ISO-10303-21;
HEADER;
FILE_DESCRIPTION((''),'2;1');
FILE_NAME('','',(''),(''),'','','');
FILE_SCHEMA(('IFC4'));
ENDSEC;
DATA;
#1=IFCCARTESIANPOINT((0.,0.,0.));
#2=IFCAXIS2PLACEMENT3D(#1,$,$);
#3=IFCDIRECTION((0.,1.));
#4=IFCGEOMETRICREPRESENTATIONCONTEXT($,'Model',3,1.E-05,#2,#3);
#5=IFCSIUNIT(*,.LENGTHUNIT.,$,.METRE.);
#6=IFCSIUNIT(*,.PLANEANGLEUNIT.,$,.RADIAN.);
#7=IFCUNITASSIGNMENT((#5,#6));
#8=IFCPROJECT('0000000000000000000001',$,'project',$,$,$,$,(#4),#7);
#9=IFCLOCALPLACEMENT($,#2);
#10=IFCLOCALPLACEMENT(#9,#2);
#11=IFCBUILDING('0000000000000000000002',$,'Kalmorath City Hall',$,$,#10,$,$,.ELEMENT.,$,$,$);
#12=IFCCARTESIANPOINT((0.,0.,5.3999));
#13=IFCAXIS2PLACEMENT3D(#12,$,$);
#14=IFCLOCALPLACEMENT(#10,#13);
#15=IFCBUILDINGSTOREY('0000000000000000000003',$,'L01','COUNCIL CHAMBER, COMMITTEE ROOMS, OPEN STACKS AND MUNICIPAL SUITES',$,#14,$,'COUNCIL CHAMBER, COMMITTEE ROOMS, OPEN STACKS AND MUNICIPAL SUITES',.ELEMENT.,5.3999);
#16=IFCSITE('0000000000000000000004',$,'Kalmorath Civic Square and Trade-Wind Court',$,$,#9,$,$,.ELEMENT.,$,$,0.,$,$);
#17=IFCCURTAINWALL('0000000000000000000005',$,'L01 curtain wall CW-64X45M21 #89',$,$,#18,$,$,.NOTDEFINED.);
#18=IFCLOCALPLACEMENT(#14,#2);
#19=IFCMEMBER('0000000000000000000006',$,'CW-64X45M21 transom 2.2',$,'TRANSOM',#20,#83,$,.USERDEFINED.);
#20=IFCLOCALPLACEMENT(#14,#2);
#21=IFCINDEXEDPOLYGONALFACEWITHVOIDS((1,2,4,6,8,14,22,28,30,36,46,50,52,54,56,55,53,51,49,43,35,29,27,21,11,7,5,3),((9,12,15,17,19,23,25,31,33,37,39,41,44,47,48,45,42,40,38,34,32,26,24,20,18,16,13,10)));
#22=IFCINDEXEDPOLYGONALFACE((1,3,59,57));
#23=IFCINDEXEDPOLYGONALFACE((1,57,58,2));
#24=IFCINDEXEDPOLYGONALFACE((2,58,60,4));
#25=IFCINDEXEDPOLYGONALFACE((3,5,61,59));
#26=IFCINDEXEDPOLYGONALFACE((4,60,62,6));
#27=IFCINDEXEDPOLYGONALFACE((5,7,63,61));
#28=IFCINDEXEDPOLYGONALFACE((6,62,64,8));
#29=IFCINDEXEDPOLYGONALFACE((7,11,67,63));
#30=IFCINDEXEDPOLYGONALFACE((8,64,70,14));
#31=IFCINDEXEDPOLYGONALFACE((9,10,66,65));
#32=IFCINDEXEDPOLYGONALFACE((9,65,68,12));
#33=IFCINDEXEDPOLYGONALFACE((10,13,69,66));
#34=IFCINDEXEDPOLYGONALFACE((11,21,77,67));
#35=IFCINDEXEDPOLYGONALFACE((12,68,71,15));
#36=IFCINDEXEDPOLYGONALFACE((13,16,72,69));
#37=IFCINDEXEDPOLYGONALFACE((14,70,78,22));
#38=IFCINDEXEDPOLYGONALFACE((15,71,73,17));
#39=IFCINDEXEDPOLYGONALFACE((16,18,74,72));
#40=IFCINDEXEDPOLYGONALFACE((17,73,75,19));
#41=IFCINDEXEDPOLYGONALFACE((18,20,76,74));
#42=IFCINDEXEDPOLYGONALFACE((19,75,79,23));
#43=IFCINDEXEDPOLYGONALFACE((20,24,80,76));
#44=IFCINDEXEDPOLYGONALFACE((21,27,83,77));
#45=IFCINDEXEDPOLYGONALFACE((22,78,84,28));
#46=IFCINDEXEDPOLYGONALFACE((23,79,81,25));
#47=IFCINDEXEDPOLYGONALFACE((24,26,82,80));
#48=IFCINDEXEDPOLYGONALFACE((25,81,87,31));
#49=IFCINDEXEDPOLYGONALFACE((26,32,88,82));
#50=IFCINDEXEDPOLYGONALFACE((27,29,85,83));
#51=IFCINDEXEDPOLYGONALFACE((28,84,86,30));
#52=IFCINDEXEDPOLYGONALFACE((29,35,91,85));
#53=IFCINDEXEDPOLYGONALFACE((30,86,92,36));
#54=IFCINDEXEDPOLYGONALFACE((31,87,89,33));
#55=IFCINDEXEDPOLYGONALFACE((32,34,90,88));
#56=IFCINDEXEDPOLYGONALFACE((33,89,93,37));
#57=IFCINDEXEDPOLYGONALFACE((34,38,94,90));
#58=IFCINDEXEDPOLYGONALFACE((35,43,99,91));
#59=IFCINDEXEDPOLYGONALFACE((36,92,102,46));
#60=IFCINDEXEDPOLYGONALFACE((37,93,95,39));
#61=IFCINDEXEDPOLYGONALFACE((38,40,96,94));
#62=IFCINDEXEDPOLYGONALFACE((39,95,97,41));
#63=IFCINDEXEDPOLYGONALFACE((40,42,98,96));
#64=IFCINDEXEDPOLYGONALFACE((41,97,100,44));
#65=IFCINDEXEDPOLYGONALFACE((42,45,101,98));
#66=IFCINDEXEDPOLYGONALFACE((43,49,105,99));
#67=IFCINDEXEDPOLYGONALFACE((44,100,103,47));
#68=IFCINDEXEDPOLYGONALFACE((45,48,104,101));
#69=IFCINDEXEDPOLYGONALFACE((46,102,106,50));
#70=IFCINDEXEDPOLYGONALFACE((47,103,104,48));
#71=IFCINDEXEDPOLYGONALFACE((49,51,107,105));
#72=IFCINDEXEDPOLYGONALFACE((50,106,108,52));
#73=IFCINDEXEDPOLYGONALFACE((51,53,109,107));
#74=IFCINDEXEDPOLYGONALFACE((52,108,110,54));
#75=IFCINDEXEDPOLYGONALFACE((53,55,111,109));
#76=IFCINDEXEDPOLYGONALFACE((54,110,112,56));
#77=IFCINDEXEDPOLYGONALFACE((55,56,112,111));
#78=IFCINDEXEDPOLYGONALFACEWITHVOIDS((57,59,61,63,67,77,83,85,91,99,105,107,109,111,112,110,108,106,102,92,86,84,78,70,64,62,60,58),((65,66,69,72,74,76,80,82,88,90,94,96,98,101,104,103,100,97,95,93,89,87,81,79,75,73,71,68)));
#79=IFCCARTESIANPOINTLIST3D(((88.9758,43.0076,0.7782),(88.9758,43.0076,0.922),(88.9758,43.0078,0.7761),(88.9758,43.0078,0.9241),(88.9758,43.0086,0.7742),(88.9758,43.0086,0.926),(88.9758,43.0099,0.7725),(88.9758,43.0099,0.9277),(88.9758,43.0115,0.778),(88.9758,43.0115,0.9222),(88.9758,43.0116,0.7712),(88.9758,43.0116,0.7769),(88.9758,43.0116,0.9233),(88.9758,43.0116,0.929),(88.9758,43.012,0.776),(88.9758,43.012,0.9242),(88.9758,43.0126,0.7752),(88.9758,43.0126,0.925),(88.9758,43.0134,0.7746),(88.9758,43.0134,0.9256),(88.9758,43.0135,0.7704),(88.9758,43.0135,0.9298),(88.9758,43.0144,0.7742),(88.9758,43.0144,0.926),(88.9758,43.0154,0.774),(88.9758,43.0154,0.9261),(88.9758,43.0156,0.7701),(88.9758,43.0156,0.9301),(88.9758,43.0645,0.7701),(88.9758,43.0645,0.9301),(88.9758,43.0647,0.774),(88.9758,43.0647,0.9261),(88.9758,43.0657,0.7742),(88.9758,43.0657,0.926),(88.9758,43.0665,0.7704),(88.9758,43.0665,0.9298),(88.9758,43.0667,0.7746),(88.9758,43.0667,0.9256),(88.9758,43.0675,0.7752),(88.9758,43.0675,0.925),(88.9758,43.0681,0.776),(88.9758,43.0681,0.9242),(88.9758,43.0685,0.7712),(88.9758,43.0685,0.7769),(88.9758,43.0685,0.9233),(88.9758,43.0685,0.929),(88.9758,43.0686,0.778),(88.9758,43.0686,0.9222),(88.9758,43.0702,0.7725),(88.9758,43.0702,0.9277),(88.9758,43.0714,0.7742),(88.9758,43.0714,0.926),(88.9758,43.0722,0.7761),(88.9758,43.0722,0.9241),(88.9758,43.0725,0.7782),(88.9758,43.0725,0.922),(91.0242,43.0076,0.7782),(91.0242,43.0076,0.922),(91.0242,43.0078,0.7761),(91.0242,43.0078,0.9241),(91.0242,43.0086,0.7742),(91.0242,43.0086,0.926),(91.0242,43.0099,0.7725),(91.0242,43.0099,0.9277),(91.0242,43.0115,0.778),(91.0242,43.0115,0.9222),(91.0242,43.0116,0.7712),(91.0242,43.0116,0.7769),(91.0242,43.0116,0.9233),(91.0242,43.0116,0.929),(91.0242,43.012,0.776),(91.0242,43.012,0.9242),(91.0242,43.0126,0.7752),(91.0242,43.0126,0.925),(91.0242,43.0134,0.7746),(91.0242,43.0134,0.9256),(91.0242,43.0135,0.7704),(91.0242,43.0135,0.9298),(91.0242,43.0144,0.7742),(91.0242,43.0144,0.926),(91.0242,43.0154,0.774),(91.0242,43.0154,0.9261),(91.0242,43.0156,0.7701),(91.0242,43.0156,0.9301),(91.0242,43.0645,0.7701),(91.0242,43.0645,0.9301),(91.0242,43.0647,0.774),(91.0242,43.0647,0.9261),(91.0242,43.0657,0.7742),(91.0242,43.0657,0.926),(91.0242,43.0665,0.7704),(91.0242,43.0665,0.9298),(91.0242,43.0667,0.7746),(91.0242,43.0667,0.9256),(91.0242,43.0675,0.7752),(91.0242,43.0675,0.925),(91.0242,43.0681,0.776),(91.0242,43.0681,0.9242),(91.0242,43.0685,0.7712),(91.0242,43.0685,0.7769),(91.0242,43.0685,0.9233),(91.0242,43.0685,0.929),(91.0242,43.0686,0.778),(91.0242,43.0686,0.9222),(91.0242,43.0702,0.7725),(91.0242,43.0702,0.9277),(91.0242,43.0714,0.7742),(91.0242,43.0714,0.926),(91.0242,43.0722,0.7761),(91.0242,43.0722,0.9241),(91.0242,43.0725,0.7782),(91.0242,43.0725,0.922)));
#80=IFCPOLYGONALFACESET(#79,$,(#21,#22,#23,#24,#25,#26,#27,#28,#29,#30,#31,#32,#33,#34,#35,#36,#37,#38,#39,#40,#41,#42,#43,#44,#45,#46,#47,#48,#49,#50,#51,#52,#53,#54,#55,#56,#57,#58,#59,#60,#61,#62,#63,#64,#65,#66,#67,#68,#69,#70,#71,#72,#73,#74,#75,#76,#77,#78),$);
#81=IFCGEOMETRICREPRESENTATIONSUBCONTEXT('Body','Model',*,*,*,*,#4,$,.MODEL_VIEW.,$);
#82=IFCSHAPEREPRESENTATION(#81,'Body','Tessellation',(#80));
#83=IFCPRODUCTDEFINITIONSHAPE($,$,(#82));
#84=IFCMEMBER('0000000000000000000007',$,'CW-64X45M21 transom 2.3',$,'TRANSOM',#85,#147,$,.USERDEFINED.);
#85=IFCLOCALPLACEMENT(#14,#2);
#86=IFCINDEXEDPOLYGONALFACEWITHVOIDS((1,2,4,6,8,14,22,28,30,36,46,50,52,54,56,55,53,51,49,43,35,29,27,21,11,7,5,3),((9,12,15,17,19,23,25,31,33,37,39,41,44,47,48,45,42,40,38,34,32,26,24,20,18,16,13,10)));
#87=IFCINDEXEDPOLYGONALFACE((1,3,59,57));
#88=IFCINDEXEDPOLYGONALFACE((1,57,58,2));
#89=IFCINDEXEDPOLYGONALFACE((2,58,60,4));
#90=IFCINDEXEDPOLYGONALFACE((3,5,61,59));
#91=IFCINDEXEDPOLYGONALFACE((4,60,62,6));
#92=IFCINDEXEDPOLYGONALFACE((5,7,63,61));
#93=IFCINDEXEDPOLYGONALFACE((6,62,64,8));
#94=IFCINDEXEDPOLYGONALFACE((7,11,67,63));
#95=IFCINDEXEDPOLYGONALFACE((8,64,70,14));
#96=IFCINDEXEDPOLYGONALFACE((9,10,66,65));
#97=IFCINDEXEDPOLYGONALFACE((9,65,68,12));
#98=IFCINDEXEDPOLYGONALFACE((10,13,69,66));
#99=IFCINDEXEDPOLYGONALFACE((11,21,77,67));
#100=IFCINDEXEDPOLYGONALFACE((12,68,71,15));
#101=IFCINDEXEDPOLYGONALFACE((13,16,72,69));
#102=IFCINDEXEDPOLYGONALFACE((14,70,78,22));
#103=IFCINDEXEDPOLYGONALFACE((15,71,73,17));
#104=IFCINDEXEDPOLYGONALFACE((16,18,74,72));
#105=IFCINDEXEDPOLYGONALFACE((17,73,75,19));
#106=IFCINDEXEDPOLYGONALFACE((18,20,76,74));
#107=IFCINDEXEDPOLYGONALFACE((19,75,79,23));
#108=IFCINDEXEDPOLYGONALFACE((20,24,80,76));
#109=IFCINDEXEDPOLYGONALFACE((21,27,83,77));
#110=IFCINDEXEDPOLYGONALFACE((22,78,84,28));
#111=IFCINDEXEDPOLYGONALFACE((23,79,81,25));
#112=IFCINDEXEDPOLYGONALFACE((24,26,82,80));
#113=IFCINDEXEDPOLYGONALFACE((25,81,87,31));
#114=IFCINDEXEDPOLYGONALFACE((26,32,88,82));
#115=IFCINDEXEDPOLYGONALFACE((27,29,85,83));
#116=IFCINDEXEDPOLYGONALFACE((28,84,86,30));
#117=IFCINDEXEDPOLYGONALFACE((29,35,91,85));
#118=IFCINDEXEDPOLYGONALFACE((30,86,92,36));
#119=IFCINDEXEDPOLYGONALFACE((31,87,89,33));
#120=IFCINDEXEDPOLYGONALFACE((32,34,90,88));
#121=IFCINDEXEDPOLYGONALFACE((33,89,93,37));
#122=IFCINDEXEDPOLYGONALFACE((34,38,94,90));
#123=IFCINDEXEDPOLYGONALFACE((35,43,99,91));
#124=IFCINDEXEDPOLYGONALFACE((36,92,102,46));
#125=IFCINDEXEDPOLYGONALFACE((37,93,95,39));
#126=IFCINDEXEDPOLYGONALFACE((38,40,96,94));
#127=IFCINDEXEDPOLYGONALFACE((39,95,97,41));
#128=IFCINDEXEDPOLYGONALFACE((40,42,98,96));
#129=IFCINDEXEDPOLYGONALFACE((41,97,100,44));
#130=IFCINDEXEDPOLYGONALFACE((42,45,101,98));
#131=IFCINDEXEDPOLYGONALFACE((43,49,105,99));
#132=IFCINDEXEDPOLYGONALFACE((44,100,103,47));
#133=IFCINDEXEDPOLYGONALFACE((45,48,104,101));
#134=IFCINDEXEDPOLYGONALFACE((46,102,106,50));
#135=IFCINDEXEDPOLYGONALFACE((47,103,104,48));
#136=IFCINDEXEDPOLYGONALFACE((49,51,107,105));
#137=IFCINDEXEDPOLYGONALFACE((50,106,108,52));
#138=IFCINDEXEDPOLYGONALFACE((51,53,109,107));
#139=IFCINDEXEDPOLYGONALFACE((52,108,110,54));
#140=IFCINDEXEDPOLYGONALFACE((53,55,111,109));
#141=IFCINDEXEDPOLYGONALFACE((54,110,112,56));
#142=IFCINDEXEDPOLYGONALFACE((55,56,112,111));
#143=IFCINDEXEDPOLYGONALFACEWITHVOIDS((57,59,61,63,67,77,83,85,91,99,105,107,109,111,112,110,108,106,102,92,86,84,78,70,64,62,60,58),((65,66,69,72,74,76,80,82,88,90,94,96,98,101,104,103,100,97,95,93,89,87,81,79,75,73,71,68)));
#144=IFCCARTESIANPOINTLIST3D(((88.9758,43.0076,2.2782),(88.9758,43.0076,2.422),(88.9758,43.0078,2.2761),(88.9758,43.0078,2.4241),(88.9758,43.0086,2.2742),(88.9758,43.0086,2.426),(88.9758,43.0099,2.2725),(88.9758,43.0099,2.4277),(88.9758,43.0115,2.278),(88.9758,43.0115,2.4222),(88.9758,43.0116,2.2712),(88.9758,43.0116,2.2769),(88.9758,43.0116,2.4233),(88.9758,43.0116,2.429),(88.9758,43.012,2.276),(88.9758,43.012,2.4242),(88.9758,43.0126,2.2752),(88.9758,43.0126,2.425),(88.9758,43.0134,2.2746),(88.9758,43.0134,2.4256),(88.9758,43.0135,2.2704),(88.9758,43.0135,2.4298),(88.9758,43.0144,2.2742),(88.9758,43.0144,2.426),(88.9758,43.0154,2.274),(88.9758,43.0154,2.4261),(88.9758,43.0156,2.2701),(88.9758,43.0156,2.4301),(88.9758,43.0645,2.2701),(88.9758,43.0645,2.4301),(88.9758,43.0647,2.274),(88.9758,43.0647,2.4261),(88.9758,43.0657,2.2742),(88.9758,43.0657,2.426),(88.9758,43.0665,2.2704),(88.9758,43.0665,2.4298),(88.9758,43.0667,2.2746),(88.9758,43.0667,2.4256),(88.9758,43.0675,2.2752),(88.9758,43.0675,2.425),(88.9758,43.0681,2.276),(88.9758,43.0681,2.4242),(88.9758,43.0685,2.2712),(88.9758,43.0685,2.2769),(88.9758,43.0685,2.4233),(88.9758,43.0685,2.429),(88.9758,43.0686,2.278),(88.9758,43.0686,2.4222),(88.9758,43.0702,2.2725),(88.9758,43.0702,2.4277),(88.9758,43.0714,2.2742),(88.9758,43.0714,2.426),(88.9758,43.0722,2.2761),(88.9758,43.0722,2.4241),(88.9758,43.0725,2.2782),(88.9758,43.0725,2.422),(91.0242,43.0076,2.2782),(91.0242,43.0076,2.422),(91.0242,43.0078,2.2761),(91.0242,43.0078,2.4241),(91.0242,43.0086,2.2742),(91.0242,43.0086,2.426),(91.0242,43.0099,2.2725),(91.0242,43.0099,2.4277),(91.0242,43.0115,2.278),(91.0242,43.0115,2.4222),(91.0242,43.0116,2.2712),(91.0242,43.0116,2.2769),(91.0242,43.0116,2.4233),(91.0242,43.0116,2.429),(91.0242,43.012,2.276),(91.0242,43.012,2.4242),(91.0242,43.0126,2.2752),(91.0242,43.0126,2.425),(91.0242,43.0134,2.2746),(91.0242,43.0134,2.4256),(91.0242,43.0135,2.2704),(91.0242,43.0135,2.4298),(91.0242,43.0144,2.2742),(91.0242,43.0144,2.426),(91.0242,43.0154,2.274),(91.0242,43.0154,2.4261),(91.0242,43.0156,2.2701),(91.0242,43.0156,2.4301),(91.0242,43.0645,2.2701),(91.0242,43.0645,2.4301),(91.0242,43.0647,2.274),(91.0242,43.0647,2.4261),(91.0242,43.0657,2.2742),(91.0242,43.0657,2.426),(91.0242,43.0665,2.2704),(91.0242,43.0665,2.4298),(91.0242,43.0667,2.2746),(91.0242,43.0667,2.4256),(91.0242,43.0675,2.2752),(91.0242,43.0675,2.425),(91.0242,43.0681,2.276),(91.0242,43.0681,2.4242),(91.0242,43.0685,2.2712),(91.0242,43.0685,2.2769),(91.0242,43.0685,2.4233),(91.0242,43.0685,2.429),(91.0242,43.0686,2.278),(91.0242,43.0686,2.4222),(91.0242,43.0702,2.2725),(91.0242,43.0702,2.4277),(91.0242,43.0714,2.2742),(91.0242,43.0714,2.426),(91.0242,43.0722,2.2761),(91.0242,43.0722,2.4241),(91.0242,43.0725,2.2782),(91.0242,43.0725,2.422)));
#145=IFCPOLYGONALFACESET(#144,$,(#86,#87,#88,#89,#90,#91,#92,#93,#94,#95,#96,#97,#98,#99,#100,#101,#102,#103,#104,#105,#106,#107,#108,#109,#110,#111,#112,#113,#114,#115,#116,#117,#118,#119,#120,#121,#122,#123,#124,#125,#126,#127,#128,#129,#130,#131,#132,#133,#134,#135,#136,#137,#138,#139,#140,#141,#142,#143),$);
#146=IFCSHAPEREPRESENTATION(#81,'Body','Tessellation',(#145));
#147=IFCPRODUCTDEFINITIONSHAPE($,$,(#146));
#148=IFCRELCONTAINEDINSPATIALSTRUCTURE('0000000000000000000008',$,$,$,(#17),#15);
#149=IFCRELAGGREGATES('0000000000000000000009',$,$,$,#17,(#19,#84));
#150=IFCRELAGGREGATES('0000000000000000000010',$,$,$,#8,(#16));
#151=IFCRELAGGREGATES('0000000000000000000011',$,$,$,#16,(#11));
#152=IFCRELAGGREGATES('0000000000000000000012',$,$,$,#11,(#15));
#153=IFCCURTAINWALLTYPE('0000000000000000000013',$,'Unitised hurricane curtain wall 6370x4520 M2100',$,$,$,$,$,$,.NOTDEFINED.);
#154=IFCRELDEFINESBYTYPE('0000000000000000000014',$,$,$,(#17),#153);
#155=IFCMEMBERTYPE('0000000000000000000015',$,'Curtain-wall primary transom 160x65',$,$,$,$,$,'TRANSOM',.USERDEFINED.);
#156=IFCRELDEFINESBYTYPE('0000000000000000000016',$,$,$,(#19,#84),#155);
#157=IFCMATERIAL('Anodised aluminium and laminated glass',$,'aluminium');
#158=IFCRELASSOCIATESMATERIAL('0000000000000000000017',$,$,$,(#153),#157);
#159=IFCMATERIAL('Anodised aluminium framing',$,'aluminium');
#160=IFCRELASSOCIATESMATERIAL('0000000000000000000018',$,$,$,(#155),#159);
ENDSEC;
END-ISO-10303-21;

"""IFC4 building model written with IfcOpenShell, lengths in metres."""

from ifc_helpers import new_model, si_unit, direction, frame, origin, origin_2d, place, context, subcontext, project, spatial, hollow_rectangle, extrude, material, material_profile, profile_set, type_object, element, aggregate, save


model = new_model("IFC4")

# Units and contexts
model_context = context("Model", 3, precision=1e-05, world=origin(), true_north=direction((0.0, 1.0)))
body_context = subcontext(model_context, "Body", "Model", "MODEL_VIEW")
ifc_project = project(units=[si_unit("LENGTHUNIT", "METRE"), si_unit("PLANEANGLEUNIT", "RADIAN")], contexts=[model_context])

# Site, building, storey
site_placement = place(None, origin())
site = spatial("IfcSite", under=ifc_project, at=site_placement, Name="Kalmorath Civic Square and Trade-Wind Court", CompositionType="ELEMENT", RefElevation=0.0)
building_placement = place(site_placement, origin())
building = spatial("IfcBuilding", under=site, at=building_placement, Name="Kalmorath City Hall", CompositionType="ELEMENT")
storey_placement = place(building_placement, frame((0.0, 0.0, 5.3999)))
storey = spatial("IfcBuildingStorey", under=building, at=storey_placement, Name="L01", Description="COUNCIL CHAMBER, COMMITTEE ROOMS, OPEN STACKS AND MUNICIPAL SUITES", LongName="COUNCIL CHAMBER, COMMITTEE ROOMS, OPEN STACKS AND MUNICIPAL SUITES", CompositionType="ELEMENT", Elevation=5.3999)

# Curtain wall, members
ifc_material_1 = material(Name="Anodised aluminium and laminated glass", Category="aluminium")
curtain_wall_type = type_object("IfcCurtainWallType", Name="Unitised hurricane curtain wall 6370x4520 M2100", PredefinedType="NOTDEFINED", material=ifc_material_1)
curtain_wall_placement = place(storey_placement, origin())
curtain_wall = element("IfcCurtainWall", 1, at=curtain_wall_placement, inside=storey, type_object=curtain_wall_type, Name="L01 curtain wall CW-64X45M21 #89", PredefinedType="NOTDEFINED")
ifc_material_2 = material(Name="Anodised aluminium framing", Category="aluminium")
ifc_material_profile_1 = material_profile(ifc_material_2, hollow_rectangle(XDim=0.0649, YDim=0.1599, WallThickness=0.0039, InnerFilletRadius=0.0039, OuterFilletRadius=0.0081, at=origin_2d()), Name="ALU-TRN-160X65X4")
ifc_profile_set_1 = profile_set([ifc_material_profile_1], Name="Anodised aluminium framing")
member_type_1 = type_object("IfcMemberType", Name="Curtain-wall primary transom 160x65", ElementType="TRANSOM", PredefinedType="USERDEFINED", material=ifc_profile_set_1)
member_1_placement = place(storey_placement, frame((88.9758, 43.04, 0.8501), z_axis=(1.0, 0.0, 0.0), x_axis=(0.0, 1.0, 0.0)))
member_1 = element("IfcMember", 2, at=member_1_placement, type_object=member_type_1, Name="CW-64X45M21 transom 2.2", ObjectType="TRANSOM", PredefinedType="USERDEFINED", context=body_context, shape_type="SweptSolid", body=[
    extrude(hollow_rectangle(XDim=0.0649, YDim=0.1599, WallThickness=0.0039, InnerFilletRadius=0.0039, OuterFilletRadius=0.0081, at=origin_2d()), origin(), (0.0, 0.0, 1.0), 2.0483),
])
member_2_placement = place(storey_placement, frame((88.9758, 43.04, 2.3501), z_axis=(1.0, 0.0, 0.0), x_axis=(0.0, 1.0, 0.0)))
member_2 = element("IfcMember", 3, at=member_2_placement, type_object=member_type_1, Name="CW-64X45M21 transom 2.3", ObjectType="TRANSOM", PredefinedType="USERDEFINED", context=body_context, shape_type="SweptSolid", body=[
    extrude(hollow_rectangle(XDim=0.0649, YDim=0.1599, WallThickness=0.0039, InnerFilletRadius=0.0039, OuterFilletRadius=0.0081, at=origin_2d()), origin(), (0.0, 0.0, 1.0), 2.0483),
])

aggregate(curtain_wall, [member_1, member_2])

save(model, "model.ifc")
